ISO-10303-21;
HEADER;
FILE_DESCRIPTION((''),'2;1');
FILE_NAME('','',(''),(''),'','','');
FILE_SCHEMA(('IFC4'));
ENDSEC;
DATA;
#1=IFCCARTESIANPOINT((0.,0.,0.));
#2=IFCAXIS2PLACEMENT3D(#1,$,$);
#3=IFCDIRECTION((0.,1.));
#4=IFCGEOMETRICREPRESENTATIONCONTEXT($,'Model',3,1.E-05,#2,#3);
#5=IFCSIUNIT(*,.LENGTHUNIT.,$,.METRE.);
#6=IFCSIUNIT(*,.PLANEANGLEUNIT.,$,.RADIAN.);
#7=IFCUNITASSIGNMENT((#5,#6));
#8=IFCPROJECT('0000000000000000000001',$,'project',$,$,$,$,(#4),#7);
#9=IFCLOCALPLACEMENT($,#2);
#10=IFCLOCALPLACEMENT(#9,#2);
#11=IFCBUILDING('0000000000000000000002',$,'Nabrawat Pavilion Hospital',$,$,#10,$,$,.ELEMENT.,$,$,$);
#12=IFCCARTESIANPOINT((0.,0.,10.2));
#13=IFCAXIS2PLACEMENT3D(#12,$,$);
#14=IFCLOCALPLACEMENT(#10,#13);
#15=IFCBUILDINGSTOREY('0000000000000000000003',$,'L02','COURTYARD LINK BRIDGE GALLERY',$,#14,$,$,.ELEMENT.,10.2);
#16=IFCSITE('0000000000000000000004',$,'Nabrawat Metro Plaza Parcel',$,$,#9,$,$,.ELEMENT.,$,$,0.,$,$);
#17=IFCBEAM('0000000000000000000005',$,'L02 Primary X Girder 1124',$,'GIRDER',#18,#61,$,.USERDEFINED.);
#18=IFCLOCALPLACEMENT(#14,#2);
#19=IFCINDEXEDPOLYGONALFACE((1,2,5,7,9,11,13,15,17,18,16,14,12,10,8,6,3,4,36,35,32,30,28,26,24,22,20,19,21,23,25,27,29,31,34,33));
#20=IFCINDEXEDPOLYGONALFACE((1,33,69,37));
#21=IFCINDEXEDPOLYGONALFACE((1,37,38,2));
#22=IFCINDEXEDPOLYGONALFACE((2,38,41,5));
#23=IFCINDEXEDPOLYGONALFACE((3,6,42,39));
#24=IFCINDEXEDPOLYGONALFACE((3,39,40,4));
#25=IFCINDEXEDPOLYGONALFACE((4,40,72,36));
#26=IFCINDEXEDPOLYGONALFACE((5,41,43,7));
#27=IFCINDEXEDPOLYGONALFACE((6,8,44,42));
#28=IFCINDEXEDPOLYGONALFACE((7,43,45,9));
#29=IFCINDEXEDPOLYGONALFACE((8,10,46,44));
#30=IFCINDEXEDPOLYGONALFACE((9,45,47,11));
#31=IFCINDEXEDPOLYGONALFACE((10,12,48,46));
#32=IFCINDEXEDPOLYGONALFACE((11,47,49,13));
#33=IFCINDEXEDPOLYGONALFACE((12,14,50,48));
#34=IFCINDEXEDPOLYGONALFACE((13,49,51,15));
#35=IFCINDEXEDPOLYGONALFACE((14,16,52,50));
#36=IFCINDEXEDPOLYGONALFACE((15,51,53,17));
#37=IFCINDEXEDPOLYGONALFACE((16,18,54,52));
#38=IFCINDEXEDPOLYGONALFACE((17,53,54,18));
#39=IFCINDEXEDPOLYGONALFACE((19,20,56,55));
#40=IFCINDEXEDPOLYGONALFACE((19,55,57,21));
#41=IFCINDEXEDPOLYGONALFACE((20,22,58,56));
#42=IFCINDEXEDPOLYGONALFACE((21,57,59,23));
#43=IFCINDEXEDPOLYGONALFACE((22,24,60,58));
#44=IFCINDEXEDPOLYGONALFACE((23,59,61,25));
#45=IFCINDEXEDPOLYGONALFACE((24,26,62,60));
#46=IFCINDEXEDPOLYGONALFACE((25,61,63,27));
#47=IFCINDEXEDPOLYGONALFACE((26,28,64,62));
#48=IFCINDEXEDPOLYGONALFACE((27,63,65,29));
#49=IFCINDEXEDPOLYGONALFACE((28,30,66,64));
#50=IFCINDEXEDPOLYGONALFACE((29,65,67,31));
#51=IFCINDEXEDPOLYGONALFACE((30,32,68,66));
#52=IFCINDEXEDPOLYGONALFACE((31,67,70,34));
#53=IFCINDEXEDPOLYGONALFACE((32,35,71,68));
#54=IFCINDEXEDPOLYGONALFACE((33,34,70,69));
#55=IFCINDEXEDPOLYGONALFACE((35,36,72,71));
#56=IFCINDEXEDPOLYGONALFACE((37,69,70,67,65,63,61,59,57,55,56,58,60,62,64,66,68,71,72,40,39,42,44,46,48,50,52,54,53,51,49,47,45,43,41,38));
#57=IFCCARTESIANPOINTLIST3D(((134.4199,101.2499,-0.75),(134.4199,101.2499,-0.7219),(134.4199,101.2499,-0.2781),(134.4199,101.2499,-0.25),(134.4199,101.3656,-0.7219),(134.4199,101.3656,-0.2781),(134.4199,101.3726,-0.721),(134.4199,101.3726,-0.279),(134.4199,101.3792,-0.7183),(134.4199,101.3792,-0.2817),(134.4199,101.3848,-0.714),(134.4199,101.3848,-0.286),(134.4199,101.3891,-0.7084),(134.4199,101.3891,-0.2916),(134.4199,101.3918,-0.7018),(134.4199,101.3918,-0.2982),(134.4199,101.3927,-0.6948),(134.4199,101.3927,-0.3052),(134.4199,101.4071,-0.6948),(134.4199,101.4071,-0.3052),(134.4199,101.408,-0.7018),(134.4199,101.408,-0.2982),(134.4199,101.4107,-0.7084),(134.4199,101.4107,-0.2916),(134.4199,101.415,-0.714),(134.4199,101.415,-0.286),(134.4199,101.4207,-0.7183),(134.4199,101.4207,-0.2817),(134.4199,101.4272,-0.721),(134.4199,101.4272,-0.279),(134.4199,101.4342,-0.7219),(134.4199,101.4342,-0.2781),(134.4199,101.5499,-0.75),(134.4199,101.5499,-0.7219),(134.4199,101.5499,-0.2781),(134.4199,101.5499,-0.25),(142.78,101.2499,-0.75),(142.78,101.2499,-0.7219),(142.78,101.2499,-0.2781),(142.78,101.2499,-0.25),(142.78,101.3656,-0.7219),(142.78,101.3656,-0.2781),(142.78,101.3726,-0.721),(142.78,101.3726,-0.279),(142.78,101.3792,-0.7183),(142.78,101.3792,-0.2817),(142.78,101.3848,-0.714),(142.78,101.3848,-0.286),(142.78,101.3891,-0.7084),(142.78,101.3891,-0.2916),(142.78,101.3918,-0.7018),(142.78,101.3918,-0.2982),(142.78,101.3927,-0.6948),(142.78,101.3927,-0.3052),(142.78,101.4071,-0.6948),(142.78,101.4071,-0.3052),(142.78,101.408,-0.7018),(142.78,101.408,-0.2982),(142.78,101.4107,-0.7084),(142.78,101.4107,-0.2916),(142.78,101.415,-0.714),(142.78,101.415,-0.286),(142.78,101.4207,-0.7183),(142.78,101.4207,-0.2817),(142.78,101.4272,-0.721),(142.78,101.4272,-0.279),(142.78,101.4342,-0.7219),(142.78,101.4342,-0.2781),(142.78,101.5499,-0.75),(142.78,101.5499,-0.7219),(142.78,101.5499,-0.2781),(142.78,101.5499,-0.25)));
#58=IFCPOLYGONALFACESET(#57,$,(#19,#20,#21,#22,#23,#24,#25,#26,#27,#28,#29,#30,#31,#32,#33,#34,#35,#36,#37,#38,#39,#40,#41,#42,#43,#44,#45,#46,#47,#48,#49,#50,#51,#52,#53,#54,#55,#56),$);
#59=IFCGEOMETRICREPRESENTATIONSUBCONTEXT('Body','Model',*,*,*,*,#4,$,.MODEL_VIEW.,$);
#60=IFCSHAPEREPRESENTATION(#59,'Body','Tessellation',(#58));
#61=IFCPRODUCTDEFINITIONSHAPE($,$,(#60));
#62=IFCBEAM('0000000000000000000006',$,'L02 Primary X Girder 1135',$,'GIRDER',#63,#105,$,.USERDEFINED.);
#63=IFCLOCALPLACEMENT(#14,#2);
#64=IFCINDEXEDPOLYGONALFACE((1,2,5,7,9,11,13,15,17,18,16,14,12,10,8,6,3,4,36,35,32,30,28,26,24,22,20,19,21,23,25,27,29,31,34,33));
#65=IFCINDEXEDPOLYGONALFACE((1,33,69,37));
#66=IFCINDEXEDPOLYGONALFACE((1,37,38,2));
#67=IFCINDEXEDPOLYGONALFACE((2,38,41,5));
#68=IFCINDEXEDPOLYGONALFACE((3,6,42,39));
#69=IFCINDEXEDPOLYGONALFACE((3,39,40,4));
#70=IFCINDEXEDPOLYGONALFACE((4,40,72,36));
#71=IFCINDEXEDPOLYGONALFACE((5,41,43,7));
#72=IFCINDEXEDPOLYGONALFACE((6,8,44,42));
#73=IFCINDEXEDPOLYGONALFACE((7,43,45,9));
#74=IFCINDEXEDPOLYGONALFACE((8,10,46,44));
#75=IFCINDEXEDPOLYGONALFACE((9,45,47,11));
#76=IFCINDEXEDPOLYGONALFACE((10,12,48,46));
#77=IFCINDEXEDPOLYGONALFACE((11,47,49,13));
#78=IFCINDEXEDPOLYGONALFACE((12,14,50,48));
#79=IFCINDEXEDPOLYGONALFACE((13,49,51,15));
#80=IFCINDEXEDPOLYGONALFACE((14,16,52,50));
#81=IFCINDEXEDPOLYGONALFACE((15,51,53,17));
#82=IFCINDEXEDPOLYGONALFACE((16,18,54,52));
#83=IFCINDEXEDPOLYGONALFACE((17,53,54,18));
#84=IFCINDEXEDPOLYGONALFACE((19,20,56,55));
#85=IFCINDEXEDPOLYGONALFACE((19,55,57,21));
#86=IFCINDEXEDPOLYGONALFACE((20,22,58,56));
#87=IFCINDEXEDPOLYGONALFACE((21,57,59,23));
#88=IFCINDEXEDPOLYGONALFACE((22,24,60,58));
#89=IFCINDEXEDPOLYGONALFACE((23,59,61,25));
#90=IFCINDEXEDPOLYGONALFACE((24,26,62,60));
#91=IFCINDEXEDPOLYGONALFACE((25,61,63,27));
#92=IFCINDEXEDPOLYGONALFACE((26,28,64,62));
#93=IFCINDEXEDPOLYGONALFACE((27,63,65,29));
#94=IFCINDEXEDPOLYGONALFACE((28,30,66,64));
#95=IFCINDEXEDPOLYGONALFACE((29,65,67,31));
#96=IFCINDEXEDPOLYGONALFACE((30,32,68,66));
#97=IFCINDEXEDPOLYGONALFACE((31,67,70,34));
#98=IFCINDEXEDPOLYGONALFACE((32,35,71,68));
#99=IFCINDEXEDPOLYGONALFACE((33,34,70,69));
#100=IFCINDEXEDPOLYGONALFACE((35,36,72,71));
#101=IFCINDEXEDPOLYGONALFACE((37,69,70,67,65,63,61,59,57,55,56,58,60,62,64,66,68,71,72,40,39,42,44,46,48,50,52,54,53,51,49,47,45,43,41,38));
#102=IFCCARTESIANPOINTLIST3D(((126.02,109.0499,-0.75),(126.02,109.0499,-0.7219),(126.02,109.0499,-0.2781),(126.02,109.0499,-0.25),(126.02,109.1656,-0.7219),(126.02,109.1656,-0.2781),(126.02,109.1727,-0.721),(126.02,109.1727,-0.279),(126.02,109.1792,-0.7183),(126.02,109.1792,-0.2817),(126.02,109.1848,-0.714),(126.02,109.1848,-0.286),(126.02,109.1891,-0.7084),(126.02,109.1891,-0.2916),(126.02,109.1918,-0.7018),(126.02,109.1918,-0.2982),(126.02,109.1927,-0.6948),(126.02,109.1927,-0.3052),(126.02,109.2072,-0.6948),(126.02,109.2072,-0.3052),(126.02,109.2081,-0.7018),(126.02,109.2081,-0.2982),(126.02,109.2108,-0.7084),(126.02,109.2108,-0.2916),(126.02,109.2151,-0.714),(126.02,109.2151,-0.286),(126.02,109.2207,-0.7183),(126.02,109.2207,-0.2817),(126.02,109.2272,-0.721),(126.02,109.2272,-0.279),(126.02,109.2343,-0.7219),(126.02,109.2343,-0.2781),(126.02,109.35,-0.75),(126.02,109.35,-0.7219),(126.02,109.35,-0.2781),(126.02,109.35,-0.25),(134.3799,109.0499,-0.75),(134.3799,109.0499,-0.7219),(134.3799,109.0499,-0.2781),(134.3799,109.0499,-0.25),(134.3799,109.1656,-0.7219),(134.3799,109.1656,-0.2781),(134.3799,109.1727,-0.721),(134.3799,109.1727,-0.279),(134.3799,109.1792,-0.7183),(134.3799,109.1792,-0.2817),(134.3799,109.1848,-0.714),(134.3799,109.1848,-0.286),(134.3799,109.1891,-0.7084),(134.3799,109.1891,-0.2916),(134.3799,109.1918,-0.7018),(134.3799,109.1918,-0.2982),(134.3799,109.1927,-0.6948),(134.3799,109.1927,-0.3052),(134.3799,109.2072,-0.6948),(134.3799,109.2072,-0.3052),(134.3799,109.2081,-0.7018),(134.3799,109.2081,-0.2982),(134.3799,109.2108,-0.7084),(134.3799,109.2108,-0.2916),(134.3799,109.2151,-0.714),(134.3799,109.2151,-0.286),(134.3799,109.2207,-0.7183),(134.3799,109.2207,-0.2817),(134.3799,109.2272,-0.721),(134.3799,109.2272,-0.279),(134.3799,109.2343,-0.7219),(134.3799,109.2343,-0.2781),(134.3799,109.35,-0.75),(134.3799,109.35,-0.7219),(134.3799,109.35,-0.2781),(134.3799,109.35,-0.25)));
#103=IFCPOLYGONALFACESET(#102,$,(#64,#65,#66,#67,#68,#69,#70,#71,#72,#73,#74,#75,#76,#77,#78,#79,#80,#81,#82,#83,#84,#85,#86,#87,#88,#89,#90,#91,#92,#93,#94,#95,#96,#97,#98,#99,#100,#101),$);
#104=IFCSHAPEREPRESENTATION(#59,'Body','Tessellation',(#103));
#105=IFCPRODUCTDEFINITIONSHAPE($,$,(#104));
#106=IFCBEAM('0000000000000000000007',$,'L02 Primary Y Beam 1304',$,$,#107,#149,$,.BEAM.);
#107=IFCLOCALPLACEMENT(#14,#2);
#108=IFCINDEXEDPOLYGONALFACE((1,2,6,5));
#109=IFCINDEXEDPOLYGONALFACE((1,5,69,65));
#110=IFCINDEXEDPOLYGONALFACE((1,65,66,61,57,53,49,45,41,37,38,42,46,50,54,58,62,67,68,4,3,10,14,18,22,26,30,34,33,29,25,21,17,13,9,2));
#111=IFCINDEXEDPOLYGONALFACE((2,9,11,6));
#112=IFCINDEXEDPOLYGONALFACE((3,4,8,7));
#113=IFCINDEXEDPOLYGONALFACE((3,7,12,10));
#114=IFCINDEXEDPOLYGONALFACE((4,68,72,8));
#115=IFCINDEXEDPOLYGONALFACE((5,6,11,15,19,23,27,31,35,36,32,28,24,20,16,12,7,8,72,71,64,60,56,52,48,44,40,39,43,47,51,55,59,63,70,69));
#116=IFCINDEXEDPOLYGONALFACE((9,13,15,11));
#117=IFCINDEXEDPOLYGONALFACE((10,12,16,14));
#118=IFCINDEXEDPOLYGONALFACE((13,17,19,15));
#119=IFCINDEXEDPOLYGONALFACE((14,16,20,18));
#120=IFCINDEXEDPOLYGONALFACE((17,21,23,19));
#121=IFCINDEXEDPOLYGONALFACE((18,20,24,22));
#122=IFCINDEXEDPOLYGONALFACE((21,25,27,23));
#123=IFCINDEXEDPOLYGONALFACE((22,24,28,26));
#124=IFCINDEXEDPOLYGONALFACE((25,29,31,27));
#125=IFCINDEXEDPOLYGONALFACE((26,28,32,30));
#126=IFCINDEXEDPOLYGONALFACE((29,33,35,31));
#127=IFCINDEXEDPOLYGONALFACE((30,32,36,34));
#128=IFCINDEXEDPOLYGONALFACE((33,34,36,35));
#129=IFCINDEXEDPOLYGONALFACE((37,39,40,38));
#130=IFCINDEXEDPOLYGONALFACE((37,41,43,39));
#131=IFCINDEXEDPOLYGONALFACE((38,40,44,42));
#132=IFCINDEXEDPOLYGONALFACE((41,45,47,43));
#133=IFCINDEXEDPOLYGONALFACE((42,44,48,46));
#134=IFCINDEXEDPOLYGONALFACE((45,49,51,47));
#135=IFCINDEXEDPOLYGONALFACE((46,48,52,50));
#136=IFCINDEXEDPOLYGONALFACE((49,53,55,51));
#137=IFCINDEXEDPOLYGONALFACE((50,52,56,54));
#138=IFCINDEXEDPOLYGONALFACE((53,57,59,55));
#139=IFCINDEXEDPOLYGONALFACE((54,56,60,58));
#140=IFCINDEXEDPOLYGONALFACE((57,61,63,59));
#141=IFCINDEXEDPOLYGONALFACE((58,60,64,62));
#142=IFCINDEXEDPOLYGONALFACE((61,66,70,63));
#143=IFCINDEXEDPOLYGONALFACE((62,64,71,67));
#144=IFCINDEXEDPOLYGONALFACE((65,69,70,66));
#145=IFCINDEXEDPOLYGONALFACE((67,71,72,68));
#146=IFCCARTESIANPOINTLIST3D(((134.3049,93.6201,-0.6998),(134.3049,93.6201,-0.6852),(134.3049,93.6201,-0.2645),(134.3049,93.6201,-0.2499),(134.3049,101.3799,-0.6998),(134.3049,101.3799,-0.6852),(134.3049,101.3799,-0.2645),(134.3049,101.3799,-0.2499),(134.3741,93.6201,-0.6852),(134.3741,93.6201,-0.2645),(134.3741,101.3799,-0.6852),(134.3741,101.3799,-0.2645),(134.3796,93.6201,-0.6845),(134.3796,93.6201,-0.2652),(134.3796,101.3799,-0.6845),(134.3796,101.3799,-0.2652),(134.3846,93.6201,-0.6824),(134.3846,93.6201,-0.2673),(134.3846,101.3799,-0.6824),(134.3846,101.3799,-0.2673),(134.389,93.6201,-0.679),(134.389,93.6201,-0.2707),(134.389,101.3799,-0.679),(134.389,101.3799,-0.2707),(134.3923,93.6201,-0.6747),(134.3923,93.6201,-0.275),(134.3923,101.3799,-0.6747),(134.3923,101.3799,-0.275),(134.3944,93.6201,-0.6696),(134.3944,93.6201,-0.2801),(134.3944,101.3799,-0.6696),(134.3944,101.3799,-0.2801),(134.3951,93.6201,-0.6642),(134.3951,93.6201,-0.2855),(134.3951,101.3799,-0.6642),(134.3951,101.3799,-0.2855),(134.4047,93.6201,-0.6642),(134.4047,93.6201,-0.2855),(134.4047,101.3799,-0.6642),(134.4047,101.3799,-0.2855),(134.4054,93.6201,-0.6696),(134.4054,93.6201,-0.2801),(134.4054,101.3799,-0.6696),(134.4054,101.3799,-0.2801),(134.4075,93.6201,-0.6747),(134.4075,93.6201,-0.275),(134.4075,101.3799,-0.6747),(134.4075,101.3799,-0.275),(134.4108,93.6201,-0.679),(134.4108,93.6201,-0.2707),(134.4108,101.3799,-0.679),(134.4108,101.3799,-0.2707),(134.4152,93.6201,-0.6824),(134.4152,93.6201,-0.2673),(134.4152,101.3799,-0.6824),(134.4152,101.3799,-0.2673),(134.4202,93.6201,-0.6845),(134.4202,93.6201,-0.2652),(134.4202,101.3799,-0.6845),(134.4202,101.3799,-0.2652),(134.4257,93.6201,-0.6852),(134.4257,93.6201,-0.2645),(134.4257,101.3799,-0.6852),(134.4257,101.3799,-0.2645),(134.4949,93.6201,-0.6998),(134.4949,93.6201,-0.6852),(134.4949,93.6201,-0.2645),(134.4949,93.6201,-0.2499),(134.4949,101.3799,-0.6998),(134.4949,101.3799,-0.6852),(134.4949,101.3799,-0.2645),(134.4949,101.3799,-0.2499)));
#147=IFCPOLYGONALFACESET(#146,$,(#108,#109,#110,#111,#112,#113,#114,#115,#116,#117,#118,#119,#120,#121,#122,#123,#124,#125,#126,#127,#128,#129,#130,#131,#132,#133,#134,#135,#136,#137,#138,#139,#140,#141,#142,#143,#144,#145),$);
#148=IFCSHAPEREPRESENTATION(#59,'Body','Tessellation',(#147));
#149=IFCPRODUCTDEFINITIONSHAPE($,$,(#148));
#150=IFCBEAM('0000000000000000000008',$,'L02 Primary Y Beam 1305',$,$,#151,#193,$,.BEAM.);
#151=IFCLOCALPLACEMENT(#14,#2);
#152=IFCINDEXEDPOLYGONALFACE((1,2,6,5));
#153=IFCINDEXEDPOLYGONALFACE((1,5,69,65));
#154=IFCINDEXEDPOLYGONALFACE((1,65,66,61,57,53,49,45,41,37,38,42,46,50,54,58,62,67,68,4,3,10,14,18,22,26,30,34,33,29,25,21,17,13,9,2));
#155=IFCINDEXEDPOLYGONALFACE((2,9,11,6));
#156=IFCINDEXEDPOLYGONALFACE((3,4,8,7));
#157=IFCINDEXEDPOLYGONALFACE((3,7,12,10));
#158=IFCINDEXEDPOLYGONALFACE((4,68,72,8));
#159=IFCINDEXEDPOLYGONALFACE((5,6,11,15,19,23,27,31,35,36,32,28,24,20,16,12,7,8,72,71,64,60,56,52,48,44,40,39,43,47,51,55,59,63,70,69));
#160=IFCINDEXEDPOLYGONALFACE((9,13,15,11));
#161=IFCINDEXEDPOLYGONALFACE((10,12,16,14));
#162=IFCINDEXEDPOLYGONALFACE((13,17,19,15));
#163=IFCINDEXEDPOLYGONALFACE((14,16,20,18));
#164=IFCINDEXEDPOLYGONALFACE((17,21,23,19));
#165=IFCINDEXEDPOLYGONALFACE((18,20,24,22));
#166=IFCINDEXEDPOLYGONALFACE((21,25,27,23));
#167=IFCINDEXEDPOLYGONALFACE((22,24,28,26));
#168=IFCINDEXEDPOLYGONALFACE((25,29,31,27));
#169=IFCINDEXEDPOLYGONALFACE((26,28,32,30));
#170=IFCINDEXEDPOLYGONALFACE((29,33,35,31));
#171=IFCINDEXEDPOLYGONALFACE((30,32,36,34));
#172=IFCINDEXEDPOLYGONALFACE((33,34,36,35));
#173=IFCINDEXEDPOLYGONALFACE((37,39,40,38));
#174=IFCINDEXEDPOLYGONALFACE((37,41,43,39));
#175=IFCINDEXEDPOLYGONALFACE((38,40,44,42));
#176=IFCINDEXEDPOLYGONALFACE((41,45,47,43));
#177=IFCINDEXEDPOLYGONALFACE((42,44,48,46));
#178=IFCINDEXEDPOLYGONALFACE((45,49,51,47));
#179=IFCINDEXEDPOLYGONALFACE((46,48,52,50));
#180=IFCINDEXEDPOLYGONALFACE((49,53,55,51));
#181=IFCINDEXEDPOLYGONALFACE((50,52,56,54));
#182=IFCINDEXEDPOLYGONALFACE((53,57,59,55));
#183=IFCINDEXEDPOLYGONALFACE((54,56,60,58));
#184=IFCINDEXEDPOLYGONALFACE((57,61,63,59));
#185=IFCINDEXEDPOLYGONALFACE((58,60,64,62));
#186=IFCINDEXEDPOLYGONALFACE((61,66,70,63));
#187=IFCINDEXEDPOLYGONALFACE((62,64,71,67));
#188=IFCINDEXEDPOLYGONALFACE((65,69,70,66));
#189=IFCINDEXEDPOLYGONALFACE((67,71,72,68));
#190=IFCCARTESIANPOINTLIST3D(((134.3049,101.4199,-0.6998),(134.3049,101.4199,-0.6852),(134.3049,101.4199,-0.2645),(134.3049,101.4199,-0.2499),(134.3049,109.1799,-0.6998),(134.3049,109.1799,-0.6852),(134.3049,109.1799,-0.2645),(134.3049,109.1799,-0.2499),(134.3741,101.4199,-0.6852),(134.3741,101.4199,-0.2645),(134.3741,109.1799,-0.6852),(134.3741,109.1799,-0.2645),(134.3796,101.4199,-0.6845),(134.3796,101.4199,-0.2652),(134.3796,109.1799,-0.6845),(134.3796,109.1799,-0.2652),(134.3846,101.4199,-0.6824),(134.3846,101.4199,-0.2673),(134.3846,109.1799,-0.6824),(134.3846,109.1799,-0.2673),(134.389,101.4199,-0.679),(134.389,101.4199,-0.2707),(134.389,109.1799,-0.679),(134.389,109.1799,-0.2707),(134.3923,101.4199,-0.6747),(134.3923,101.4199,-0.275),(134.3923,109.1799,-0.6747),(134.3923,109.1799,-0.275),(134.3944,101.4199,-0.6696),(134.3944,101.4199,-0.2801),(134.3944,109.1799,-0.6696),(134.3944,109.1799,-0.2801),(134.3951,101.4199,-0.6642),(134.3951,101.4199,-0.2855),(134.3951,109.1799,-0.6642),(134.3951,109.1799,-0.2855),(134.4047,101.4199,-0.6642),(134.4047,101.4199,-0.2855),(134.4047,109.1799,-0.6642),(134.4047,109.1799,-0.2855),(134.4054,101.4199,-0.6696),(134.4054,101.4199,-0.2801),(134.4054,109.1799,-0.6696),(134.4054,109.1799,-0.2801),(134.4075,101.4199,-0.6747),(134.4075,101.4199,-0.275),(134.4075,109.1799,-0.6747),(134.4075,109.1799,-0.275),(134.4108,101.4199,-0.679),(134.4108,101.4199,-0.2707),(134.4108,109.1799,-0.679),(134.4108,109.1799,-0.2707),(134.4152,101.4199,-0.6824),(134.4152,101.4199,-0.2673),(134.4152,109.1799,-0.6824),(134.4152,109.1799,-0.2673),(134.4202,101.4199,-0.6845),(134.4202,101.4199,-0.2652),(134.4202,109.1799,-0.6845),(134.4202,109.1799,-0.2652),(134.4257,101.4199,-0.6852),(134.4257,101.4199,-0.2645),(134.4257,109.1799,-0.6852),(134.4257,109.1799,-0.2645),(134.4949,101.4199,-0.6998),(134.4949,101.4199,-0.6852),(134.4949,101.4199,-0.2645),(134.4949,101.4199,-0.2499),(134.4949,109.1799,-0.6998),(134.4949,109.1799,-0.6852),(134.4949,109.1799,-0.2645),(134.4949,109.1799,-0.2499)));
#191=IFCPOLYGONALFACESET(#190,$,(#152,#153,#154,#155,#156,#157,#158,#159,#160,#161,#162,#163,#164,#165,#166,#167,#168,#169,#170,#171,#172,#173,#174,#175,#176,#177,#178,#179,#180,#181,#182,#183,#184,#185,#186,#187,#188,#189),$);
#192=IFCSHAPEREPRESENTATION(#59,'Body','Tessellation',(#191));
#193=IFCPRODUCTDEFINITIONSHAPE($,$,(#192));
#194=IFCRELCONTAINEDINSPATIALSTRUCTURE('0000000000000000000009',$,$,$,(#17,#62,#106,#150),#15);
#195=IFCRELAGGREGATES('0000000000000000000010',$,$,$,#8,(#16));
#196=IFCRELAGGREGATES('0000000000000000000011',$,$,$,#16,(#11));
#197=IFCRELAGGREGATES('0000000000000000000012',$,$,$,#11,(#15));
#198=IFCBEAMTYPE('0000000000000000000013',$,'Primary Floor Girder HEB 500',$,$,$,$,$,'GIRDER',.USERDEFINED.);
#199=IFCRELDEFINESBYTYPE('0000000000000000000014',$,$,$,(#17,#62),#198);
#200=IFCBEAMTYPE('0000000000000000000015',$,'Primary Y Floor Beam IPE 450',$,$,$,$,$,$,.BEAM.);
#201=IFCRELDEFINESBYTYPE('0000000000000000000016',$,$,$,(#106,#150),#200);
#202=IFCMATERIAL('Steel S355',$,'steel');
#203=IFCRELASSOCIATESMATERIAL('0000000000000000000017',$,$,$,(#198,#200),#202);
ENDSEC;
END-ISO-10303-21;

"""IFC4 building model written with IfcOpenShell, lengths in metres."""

from ifc_helpers import new_model, si_unit, direction, frame, origin, origin_2d, place, context, subcontext, project, spatial, i_section, extrude, material, material_profile, profile_set, type_object, element, save


model = new_model("IFC4")

# Units and contexts
model_context = context("Model", 3, precision=1e-05, world=origin(), true_north=direction((0.0, 1.0)))
body_context = subcontext(model_context, "Body", "Model", "MODEL_VIEW")
ifc_project = project(units=[si_unit("LENGTHUNIT", "METRE"), si_unit("PLANEANGLEUNIT", "RADIAN")], contexts=[model_context])

# Site, building, storey
site_placement = place(None, origin())
site = spatial("IfcSite", under=ifc_project, at=site_placement, Name="Nabrawat Metro Plaza Parcel", CompositionType="ELEMENT", RefElevation=0.0)
building_placement = place(site_placement, origin())
building = spatial("IfcBuilding", under=site, at=building_placement, Name="Nabrawat Pavilion Hospital", CompositionType="ELEMENT")
storey_placement = place(building_placement, frame((0.0, 0.0, 10.2)))
storey = spatial("IfcBuildingStorey", under=building, at=storey_placement, Name="L02", Description="COURTYARD LINK BRIDGE GALLERY", CompositionType="ELEMENT", Elevation=10.2)

# Shared definitions
ifc_material_1 = material(Name="Steel S355", Category="steel")

# Beams
ifc_material_profile_1 = material_profile(ifc_material_1, i_section(OverallWidth=0.3, OverallDepth=0.5, WebThickness=0.0144, FlangeThickness=0.0281, FilletRadius=0.0271, at=origin_2d()), Name="HEB 500")
ifc_profile_set_1 = profile_set([ifc_material_profile_1], Name="Steel S355")
beam_type_1 = type_object("IfcBeamType", Name="Primary Floor Girder HEB 500", ElementType="GIRDER", PredefinedType="USERDEFINED", material=ifc_profile_set_1)
beam_1_placement = place(storey_placement, frame((134.4199, 101.3999, -0.5), z_axis=(1.0, 0.0, 0.0), x_axis=(0.0, 1.0, 0.0)))
element("IfcBeam", 1, at=beam_1_placement, inside=storey, type_object=beam_type_1, Name="L02 Primary X Girder 1124", ObjectType="GIRDER", PredefinedType="USERDEFINED", context=body_context, shape_type="SweptSolid", body=[
    extrude(i_section(OverallWidth=0.3, OverallDepth=0.5, WebThickness=0.0144, FlangeThickness=0.0281, FilletRadius=0.0271, at=origin_2d()), origin(), (0.0, 0.0, 1.0), 8.3601),
])
beam_2_placement = place(storey_placement, frame((126.02, 109.2, -0.5), z_axis=(1.0, 0.0, 0.0), x_axis=(0.0, 1.0, 0.0)))
element("IfcBeam", 2, at=beam_2_placement, inside=storey, type_object=beam_type_1, Name="L02 Primary X Girder 1135", ObjectType="GIRDER", PredefinedType="USERDEFINED", context=body_context, shape_type="SweptSolid", body=[
    extrude(i_section(OverallWidth=0.3, OverallDepth=0.5, WebThickness=0.0144, FlangeThickness=0.0281, FilletRadius=0.0271, at=origin_2d()), origin(), (0.0, 0.0, 1.0), 8.3599),
])
ifc_material_profile_2 = material_profile(ifc_material_1, i_section(OverallWidth=0.1899, OverallDepth=0.45, WebThickness=0.0095, FlangeThickness=0.0146, FilletRadius=0.021, at=origin_2d()), Name="IPE 450")
ifc_profile_set_2 = profile_set([ifc_material_profile_2], Name="Steel S355")
beam_type_2 = type_object("IfcBeamType", Name="Primary Y Floor Beam IPE 450", PredefinedType="BEAM", material=ifc_profile_set_2)
beam_3_placement = place(storey_placement, frame((134.3999, 93.6201, -0.4749), z_axis=(0.0, 1.0, 0.0), x_axis=(-1.0, 0.0, 0.0)))
element("IfcBeam", 3, at=beam_3_placement, inside=storey, type_object=beam_type_2, Name="L02 Primary Y Beam 1304", PredefinedType="BEAM", context=body_context, shape_type="SweptSolid", body=[
    extrude(i_section(OverallWidth=0.1899, OverallDepth=0.45, WebThickness=0.0095, FlangeThickness=0.0146, FilletRadius=0.021, at=origin_2d()), origin(), (0.0, 0.0, 1.0), 7.7598),
])
beam_4_placement = place(storey_placement, frame((134.3999, 101.4199, -0.4749), z_axis=(0.0, 1.0, 0.0), x_axis=(-1.0, 0.0, 0.0)))
element("IfcBeam", 4, at=beam_4_placement, inside=storey, type_object=beam_type_2, Name="L02 Primary Y Beam 1305", PredefinedType="BEAM", context=body_context, shape_type="SweptSolid", body=[
    extrude(i_section(OverallWidth=0.1899, OverallDepth=0.45, WebThickness=0.0095, FlangeThickness=0.0146, FilletRadius=0.021, at=origin_2d()), origin(), (0.0, 0.0, 1.0), 7.76),
])

save(model, "model.ifc")
